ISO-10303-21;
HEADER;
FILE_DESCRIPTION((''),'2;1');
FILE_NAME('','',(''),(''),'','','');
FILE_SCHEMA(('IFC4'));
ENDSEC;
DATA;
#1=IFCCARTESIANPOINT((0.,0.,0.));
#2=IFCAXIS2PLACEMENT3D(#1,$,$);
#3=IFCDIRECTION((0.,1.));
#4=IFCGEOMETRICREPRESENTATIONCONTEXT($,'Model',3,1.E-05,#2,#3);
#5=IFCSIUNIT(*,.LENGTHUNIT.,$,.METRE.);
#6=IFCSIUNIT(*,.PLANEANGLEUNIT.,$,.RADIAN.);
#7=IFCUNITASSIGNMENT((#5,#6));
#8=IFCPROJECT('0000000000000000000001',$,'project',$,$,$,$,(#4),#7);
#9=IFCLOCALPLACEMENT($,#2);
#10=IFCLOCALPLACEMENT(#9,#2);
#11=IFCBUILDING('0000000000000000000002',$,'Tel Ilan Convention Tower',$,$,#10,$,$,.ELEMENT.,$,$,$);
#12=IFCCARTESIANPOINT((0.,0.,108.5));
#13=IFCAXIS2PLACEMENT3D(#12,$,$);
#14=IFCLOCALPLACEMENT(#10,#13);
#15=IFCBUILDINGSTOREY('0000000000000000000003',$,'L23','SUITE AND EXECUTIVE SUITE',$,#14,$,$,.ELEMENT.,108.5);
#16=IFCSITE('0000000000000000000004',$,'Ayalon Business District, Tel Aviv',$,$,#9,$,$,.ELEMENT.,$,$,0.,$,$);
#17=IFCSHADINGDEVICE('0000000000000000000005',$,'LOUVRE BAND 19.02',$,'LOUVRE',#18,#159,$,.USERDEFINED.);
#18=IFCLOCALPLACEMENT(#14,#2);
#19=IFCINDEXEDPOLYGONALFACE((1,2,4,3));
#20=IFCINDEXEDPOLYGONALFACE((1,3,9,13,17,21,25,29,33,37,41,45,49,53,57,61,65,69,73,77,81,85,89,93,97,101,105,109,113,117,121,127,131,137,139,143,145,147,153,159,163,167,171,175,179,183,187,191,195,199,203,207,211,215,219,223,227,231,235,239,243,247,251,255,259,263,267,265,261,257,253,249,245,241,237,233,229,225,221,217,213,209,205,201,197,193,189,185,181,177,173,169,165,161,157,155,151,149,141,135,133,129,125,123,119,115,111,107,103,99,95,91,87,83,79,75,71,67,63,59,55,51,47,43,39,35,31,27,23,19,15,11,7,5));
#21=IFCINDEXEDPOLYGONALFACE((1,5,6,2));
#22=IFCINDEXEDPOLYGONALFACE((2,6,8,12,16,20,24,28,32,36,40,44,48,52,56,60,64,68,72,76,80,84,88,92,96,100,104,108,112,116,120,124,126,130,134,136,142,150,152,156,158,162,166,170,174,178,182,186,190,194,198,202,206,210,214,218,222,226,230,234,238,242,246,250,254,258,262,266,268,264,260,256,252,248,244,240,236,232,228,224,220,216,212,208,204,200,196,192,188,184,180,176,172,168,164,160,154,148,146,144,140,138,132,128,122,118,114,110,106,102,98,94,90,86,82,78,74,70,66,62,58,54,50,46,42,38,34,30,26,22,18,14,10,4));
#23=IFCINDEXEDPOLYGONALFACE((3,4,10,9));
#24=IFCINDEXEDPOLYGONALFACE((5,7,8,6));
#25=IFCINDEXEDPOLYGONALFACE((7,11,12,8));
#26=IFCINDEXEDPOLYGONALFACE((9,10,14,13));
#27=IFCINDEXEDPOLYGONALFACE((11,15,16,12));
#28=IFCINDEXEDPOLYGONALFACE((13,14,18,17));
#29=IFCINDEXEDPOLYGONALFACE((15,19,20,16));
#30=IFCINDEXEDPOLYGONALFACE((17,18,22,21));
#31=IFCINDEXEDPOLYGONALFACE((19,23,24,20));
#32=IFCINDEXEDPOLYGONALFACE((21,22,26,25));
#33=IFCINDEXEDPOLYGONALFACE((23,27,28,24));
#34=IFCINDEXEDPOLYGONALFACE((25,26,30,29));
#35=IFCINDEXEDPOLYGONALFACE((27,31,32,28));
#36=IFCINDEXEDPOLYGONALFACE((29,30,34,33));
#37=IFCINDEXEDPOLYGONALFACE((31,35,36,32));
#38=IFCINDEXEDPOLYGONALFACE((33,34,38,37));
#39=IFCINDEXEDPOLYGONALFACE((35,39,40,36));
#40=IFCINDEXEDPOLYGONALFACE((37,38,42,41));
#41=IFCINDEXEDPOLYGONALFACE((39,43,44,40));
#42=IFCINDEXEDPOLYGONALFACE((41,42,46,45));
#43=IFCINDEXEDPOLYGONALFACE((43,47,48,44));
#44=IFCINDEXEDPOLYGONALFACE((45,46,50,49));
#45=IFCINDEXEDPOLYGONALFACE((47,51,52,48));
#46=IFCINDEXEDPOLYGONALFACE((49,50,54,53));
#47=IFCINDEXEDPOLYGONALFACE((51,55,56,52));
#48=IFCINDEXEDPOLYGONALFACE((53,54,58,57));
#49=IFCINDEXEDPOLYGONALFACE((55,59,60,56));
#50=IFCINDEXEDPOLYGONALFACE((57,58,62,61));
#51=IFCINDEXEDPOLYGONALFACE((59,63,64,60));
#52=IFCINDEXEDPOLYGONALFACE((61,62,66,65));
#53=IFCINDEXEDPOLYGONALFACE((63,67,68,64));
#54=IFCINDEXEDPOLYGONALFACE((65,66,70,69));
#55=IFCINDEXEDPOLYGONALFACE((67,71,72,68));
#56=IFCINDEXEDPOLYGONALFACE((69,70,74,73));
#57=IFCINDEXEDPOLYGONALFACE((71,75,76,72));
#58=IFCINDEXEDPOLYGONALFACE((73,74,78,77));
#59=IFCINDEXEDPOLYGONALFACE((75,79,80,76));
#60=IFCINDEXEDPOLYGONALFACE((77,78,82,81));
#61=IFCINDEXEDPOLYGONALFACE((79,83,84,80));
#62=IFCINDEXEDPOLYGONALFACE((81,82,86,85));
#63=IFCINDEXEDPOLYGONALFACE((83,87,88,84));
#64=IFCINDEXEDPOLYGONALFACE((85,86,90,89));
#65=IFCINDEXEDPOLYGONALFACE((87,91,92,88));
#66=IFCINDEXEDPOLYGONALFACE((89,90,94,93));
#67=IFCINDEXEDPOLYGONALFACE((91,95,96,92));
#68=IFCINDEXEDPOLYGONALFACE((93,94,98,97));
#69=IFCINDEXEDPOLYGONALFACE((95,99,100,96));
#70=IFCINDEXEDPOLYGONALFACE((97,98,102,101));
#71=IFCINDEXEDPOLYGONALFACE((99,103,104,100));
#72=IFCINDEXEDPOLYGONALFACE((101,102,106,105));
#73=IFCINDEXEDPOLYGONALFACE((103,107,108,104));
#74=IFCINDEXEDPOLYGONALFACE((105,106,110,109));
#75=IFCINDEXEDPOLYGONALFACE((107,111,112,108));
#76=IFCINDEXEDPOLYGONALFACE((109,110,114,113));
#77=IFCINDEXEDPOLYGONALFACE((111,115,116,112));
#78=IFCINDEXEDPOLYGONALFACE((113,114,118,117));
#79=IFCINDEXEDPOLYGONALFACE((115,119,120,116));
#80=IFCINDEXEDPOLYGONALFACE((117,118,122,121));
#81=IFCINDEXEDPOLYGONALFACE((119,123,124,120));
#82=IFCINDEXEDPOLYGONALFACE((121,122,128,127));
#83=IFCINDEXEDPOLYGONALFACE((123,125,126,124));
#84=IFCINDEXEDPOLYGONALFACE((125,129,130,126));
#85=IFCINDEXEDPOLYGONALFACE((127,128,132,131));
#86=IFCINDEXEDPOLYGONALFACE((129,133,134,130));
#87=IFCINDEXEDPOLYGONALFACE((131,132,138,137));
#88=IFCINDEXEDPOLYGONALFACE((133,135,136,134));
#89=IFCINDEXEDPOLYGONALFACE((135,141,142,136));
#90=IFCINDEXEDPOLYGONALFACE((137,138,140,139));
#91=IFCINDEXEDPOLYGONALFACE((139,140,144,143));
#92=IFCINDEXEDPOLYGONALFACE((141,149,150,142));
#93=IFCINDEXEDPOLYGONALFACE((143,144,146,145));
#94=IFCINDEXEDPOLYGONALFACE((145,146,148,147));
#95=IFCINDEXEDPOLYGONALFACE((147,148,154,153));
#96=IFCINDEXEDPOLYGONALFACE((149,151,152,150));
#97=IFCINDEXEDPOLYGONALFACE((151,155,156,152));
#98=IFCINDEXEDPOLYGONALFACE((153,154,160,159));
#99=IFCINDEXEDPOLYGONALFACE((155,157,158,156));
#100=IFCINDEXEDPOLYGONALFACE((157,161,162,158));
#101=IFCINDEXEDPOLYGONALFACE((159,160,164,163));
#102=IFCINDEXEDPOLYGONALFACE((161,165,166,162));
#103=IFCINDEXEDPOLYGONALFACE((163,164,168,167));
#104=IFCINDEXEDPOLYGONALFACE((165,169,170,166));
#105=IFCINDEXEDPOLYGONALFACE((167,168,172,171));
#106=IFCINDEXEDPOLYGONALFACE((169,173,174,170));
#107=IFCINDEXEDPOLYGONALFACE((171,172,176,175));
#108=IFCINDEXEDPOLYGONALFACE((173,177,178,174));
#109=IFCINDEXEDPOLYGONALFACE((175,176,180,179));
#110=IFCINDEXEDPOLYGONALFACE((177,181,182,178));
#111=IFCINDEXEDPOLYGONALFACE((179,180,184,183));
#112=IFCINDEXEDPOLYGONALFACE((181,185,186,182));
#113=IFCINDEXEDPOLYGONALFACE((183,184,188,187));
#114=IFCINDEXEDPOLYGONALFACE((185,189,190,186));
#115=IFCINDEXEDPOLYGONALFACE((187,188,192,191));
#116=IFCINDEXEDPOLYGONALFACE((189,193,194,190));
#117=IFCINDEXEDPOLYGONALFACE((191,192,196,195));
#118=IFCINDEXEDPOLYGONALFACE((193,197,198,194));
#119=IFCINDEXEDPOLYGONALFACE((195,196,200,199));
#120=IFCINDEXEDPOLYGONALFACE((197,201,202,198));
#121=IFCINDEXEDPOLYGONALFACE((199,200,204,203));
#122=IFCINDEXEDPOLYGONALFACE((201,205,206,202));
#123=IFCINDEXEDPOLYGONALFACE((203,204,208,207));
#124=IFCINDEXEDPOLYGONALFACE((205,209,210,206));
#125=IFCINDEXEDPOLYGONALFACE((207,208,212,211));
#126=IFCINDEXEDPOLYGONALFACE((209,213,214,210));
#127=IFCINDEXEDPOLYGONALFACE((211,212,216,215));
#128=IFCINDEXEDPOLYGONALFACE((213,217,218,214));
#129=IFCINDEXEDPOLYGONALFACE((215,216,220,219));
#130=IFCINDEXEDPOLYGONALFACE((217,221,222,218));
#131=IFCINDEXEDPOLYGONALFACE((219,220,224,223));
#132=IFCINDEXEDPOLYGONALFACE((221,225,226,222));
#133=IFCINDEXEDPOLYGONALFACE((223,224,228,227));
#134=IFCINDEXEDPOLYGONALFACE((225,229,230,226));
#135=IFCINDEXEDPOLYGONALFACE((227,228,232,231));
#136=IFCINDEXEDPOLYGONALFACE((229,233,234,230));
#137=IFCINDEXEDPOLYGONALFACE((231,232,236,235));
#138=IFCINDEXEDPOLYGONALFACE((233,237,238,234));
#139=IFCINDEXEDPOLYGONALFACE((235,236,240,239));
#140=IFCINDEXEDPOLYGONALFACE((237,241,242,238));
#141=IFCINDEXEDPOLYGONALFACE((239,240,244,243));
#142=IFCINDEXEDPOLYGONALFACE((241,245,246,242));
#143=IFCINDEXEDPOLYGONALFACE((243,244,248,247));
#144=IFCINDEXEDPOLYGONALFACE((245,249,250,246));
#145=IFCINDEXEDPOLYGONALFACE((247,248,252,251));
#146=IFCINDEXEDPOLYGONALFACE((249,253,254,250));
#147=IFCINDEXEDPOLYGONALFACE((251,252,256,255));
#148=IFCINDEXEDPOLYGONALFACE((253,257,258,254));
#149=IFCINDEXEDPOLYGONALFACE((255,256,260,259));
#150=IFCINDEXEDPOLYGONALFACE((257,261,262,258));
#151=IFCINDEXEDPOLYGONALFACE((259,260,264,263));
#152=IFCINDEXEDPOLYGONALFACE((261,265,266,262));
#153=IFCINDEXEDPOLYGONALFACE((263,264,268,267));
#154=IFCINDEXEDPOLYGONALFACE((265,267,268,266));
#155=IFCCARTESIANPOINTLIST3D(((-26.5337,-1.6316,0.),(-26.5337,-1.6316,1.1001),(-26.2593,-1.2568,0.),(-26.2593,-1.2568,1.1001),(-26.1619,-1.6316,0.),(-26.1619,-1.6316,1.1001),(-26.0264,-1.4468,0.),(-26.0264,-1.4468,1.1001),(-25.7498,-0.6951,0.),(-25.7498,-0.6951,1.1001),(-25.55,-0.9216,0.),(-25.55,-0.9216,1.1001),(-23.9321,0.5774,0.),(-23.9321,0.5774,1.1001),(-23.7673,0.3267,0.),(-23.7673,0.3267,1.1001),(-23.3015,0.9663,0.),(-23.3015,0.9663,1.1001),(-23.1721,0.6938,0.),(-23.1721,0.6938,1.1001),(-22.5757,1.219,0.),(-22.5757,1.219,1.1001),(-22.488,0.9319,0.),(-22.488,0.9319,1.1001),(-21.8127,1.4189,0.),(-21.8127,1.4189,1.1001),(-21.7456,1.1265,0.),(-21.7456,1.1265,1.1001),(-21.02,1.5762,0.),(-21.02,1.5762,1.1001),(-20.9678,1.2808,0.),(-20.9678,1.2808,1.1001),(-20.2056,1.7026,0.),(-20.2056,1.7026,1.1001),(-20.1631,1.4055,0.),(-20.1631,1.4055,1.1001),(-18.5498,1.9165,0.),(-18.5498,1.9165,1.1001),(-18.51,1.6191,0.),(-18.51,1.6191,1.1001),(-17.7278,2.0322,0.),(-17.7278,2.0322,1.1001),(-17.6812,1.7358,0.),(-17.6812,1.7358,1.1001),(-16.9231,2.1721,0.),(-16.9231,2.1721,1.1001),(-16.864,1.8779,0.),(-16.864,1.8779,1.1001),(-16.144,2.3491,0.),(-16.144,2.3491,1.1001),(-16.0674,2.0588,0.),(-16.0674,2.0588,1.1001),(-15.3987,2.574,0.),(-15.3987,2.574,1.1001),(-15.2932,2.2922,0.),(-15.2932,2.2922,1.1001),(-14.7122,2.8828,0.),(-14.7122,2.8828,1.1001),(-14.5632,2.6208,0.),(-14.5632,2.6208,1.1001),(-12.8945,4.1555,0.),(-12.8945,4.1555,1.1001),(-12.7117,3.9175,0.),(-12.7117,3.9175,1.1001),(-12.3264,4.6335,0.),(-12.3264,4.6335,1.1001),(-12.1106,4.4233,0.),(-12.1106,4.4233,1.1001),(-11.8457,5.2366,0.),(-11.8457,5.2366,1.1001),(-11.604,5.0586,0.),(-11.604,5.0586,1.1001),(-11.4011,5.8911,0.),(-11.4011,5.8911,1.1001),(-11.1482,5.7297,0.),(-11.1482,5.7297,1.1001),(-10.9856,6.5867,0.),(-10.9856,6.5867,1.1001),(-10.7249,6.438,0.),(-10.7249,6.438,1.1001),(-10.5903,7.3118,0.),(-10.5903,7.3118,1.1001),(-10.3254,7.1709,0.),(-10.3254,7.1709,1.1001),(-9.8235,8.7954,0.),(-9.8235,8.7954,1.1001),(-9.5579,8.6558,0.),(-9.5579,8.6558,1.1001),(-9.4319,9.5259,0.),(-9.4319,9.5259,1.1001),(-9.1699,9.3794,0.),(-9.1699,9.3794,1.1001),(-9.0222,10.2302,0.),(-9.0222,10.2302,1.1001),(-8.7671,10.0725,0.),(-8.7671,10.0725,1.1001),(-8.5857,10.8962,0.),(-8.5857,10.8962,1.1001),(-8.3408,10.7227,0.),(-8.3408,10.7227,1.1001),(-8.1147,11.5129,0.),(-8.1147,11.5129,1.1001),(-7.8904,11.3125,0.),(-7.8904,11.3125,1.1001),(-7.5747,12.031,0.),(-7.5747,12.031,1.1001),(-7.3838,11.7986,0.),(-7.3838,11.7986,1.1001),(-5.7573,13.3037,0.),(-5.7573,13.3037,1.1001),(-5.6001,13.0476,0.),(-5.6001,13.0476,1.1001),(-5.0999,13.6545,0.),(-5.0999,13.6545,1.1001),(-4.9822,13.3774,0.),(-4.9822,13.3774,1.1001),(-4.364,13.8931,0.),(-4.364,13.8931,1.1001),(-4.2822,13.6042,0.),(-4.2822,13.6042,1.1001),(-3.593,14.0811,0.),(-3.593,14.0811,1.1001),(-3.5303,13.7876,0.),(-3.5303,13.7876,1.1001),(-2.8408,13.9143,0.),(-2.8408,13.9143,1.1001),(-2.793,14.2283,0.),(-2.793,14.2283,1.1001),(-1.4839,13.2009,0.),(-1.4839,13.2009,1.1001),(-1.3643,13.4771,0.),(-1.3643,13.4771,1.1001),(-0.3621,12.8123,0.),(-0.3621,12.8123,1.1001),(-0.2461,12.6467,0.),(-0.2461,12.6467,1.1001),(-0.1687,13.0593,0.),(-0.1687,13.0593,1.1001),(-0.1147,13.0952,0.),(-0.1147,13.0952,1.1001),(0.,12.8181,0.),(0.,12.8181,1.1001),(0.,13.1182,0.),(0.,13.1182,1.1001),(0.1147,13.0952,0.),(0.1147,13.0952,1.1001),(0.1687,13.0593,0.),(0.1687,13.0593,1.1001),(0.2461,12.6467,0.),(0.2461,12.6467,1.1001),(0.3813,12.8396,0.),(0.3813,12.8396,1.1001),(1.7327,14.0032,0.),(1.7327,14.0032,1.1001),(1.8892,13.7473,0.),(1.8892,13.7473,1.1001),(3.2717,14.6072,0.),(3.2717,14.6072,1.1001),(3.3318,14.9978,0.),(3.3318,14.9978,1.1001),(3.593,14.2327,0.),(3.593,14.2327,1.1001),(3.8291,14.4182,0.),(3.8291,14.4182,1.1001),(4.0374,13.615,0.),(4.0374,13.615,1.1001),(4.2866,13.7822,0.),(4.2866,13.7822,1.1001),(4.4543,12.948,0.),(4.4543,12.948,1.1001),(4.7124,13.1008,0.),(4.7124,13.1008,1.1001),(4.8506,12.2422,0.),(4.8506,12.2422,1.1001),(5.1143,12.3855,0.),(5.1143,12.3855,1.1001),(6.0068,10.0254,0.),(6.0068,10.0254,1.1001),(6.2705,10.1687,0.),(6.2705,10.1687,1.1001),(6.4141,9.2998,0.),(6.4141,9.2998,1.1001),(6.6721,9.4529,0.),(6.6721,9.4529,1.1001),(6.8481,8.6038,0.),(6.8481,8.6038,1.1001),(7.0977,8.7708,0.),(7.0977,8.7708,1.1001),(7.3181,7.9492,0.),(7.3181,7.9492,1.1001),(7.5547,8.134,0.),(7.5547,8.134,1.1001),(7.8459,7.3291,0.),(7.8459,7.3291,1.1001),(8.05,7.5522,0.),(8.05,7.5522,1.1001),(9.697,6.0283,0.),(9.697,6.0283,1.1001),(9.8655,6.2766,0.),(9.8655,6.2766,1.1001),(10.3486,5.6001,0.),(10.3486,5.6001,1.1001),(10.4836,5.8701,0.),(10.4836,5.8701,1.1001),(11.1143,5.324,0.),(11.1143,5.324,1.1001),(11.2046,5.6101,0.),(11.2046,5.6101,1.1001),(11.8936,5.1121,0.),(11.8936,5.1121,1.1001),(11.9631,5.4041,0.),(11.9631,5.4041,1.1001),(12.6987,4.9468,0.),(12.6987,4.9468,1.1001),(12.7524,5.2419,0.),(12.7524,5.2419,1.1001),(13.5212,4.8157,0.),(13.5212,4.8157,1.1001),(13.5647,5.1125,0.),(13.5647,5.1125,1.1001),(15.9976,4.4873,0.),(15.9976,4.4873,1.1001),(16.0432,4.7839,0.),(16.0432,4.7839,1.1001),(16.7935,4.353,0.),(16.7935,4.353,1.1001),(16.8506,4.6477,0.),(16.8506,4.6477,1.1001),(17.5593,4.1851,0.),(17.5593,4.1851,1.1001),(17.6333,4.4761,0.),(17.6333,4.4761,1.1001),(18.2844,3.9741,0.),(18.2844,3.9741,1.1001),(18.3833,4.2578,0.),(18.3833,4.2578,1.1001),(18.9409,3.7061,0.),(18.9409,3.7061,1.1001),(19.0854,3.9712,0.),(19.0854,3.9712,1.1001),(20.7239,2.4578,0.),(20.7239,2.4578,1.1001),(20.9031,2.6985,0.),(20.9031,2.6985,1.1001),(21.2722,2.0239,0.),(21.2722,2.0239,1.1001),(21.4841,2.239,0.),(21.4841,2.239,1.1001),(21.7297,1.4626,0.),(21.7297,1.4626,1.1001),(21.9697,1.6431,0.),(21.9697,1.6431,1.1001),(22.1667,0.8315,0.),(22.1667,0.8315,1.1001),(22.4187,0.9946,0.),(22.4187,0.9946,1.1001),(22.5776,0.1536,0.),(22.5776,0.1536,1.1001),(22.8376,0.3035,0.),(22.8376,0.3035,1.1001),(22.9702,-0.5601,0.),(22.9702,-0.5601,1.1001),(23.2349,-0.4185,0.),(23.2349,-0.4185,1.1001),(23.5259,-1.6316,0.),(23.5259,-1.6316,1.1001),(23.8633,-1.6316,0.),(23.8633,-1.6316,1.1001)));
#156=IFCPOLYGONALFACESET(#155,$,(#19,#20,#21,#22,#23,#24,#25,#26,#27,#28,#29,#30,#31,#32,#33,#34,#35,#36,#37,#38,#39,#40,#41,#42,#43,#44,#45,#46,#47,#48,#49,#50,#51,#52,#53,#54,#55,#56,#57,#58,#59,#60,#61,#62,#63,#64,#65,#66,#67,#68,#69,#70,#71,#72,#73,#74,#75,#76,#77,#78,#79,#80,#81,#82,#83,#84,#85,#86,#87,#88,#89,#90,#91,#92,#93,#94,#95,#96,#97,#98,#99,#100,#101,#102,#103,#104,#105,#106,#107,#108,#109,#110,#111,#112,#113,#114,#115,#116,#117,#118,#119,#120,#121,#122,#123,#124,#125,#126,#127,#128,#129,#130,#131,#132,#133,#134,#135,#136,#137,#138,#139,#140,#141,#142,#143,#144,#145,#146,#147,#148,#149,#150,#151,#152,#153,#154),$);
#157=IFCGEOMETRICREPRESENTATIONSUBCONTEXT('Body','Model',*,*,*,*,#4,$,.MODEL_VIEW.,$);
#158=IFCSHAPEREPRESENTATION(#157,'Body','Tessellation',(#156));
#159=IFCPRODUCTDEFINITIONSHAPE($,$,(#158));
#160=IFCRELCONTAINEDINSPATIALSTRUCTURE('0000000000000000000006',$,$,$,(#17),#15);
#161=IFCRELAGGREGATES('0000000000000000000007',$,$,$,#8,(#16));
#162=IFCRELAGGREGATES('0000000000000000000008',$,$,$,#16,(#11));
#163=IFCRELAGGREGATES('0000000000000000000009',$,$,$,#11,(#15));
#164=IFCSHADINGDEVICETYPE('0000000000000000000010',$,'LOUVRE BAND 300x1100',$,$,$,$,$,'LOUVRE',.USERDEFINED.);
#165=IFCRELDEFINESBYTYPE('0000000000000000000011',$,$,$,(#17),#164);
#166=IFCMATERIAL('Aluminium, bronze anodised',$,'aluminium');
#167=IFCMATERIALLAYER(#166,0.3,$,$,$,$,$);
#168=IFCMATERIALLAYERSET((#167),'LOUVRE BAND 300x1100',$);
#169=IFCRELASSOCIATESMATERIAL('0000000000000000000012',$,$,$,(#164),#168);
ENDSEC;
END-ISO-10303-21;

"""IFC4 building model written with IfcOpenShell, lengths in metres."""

from ifc_helpers import new_model, si_unit, direction, frame, origin, place, context, subcontext, project, spatial, polyline, outline, extrude, material, layer, layer_set, type_object, element, save


model = new_model("IFC4")

# Units and contexts
model_context = context("Model", 3, precision=1e-05, world=origin(), true_north=direction((0.0, 1.0)))
body_context = subcontext(model_context, "Body", "Model", "MODEL_VIEW")
ifc_project = project(units=[si_unit("LENGTHUNIT", "METRE"), si_unit("PLANEANGLEUNIT", "RADIAN")], contexts=[model_context])

# Site, building, storey
site_placement = place(None, origin())
site = spatial("IfcSite", under=ifc_project, at=site_placement, Name="Ayalon Business District, Tel Aviv", CompositionType="ELEMENT", RefElevation=0.0)
building_placement = place(site_placement, origin())
building = spatial("IfcBuilding", under=site, at=building_placement, Name="Tel Ilan Convention Tower", CompositionType="ELEMENT")
storey_placement = place(building_placement, frame((0.0, 0.0, 108.5)))
storey = spatial("IfcBuildingStorey", under=building, at=storey_placement, Name="L23", Description="SUITE AND EXECUTIVE SUITE", CompositionType="ELEMENT", Elevation=108.5)

# Shading device
ifc_material_1 = material(Name="Aluminium, bronze anodised", Category="aluminium")
ifc_layer_1 = layer(ifc_material_1, 0.3)
ifc_layer_set_1 = layer_set([ifc_layer_1], Name="LOUVRE BAND 300x1100")
shading_device_type_1 = type_object("IfcShadingDeviceType", Name="LOUVRE BAND 300x1100", ElementType="LOUVRE", PredefinedType="USERDEFINED", material=ifc_layer_set_1)
shading_device_1_placement = place(storey_placement, origin())
element("IfcShadingDevice", 1, at=shading_device_1_placement, inside=storey, type_object=shading_device_type_1, Name="LOUVRE BAND 19.02", ObjectType="LOUVRE", PredefinedType="USERDEFINED", context=body_context, shape_type="SweptSolid", body=[
    extrude(outline(polyline([(-26.2593, -1.2568), (-26.5337, -1.6316), (-26.1619, -1.6316), (-26.0264, -1.4468), (-25.55, -0.9216), (-23.7673, 0.3267), (-23.1721, 0.6938), (-22.488, 0.9319), (-21.7456, 1.1265), (-20.9678, 1.2808), (-20.1631, 1.4055), (-18.51, 1.6191), (-17.6812, 1.7358), (-16.864, 1.8779), (-16.0674, 2.0588), (-15.2932, 2.2922), (-14.5632, 2.6208), (-12.7117, 3.9175), (-12.1106, 4.4233), (-11.604, 5.0586), (-11.1482, 5.7297), (-10.7249, 6.438), (-10.3254, 7.1709), (-9.5579, 8.6558), (-9.1699, 9.3794), (-8.7671, 10.0725), (-8.3408, 10.7227), (-7.8904, 11.3125), (-7.3838, 11.7986), (-5.6001, 13.0476), (-4.9822, 13.3774), (-4.2822, 13.6042), (-3.5303, 13.7876), (-2.8408, 13.9143), (-1.4839, 13.2009), (-0.3621, 12.8123), (-0.2461, 12.6467), (0.0, 12.8181), (0.2461, 12.6467), (0.3813, 12.8396), (1.8892, 13.7473), (3.2717, 14.6072), (3.593, 14.2327), (4.0374, 13.615), (4.4543, 12.948), (4.8506, 12.2422), (6.0068, 10.0254), (6.4141, 9.2998), (6.8481, 8.6038), (7.3181, 7.9492), (7.8459, 7.3291), (9.697, 6.0283), (10.3486, 5.6001), (11.1143, 5.324), (11.8936, 5.1121), (12.6987, 4.9468), (13.5212, 4.8157), (15.9976, 4.4873), (16.7935, 4.353), (17.5593, 4.1851), (18.2844, 3.9741), (18.9409, 3.7061), (20.7239, 2.4578), (21.2722, 2.0239), (21.7297, 1.4626), (22.1667, 0.8315), (22.5776, 0.1536), (22.9702, -0.5601), (23.5259, -1.6316), (23.8633, -1.6316), (23.2349, -0.4185), (22.8376, 0.3035), (22.4187, 0.9946), (21.9697, 1.6431), (21.4841, 2.239), (20.9031, 2.6985), (19.0854, 3.9712), (18.3833, 4.2578), (17.6333, 4.4761), (16.8506, 4.6477), (16.0432, 4.7839), (13.5647, 5.1125), (12.7524, 5.2419), (11.9631, 5.4041), (11.2046, 5.6101), (10.4836, 5.8701), (9.8655, 6.2766), (8.05, 7.5522), (7.5547, 8.134), (7.0977, 8.7708), (6.6721, 9.4529), (6.2705, 10.1687), (5.1143, 12.3855), (4.7124, 13.1008), (4.2866, 13.7822), (3.8291, 14.4182), (3.3318, 14.9978), (1.7327, 14.0032), (0.1687, 13.0593), (0.1147, 13.0952), (0.0, 13.1182), (-0.1147, 13.0952), (-0.1687, 13.0593), (-1.3643, 13.4771), (-2.793, 14.2283), (-3.593, 14.0811), (-4.364, 13.8931), (-5.0999, 13.6545), (-5.7573, 13.3037), (-7.5747, 12.031), (-8.1147, 11.5129), (-8.5857, 10.8962), (-9.0222, 10.2302), (-9.4319, 9.5259), (-9.8235, 8.7954), (-10.5903, 7.3118), (-10.9856, 6.5867), (-11.4011, 5.8911), (-11.8457, 5.2366), (-12.3264, 4.6335), (-12.8945, 4.1555), (-14.7122, 2.8828), (-15.3987, 2.574), (-16.144, 2.3491), (-16.9231, 2.1721), (-17.7278, 2.0322), (-18.5498, 1.9165), (-20.2056, 1.7026), (-21.02, 1.5762), (-21.8127, 1.4189), (-22.5757, 1.219), (-23.3015, 0.9663), (-23.9321, 0.5774), (-25.7498, -0.6951), (-26.2593, -1.2568)])), origin(), (0.0, 0.0, 1.0), 1.1001),
])

save(model, "model.ifc")
